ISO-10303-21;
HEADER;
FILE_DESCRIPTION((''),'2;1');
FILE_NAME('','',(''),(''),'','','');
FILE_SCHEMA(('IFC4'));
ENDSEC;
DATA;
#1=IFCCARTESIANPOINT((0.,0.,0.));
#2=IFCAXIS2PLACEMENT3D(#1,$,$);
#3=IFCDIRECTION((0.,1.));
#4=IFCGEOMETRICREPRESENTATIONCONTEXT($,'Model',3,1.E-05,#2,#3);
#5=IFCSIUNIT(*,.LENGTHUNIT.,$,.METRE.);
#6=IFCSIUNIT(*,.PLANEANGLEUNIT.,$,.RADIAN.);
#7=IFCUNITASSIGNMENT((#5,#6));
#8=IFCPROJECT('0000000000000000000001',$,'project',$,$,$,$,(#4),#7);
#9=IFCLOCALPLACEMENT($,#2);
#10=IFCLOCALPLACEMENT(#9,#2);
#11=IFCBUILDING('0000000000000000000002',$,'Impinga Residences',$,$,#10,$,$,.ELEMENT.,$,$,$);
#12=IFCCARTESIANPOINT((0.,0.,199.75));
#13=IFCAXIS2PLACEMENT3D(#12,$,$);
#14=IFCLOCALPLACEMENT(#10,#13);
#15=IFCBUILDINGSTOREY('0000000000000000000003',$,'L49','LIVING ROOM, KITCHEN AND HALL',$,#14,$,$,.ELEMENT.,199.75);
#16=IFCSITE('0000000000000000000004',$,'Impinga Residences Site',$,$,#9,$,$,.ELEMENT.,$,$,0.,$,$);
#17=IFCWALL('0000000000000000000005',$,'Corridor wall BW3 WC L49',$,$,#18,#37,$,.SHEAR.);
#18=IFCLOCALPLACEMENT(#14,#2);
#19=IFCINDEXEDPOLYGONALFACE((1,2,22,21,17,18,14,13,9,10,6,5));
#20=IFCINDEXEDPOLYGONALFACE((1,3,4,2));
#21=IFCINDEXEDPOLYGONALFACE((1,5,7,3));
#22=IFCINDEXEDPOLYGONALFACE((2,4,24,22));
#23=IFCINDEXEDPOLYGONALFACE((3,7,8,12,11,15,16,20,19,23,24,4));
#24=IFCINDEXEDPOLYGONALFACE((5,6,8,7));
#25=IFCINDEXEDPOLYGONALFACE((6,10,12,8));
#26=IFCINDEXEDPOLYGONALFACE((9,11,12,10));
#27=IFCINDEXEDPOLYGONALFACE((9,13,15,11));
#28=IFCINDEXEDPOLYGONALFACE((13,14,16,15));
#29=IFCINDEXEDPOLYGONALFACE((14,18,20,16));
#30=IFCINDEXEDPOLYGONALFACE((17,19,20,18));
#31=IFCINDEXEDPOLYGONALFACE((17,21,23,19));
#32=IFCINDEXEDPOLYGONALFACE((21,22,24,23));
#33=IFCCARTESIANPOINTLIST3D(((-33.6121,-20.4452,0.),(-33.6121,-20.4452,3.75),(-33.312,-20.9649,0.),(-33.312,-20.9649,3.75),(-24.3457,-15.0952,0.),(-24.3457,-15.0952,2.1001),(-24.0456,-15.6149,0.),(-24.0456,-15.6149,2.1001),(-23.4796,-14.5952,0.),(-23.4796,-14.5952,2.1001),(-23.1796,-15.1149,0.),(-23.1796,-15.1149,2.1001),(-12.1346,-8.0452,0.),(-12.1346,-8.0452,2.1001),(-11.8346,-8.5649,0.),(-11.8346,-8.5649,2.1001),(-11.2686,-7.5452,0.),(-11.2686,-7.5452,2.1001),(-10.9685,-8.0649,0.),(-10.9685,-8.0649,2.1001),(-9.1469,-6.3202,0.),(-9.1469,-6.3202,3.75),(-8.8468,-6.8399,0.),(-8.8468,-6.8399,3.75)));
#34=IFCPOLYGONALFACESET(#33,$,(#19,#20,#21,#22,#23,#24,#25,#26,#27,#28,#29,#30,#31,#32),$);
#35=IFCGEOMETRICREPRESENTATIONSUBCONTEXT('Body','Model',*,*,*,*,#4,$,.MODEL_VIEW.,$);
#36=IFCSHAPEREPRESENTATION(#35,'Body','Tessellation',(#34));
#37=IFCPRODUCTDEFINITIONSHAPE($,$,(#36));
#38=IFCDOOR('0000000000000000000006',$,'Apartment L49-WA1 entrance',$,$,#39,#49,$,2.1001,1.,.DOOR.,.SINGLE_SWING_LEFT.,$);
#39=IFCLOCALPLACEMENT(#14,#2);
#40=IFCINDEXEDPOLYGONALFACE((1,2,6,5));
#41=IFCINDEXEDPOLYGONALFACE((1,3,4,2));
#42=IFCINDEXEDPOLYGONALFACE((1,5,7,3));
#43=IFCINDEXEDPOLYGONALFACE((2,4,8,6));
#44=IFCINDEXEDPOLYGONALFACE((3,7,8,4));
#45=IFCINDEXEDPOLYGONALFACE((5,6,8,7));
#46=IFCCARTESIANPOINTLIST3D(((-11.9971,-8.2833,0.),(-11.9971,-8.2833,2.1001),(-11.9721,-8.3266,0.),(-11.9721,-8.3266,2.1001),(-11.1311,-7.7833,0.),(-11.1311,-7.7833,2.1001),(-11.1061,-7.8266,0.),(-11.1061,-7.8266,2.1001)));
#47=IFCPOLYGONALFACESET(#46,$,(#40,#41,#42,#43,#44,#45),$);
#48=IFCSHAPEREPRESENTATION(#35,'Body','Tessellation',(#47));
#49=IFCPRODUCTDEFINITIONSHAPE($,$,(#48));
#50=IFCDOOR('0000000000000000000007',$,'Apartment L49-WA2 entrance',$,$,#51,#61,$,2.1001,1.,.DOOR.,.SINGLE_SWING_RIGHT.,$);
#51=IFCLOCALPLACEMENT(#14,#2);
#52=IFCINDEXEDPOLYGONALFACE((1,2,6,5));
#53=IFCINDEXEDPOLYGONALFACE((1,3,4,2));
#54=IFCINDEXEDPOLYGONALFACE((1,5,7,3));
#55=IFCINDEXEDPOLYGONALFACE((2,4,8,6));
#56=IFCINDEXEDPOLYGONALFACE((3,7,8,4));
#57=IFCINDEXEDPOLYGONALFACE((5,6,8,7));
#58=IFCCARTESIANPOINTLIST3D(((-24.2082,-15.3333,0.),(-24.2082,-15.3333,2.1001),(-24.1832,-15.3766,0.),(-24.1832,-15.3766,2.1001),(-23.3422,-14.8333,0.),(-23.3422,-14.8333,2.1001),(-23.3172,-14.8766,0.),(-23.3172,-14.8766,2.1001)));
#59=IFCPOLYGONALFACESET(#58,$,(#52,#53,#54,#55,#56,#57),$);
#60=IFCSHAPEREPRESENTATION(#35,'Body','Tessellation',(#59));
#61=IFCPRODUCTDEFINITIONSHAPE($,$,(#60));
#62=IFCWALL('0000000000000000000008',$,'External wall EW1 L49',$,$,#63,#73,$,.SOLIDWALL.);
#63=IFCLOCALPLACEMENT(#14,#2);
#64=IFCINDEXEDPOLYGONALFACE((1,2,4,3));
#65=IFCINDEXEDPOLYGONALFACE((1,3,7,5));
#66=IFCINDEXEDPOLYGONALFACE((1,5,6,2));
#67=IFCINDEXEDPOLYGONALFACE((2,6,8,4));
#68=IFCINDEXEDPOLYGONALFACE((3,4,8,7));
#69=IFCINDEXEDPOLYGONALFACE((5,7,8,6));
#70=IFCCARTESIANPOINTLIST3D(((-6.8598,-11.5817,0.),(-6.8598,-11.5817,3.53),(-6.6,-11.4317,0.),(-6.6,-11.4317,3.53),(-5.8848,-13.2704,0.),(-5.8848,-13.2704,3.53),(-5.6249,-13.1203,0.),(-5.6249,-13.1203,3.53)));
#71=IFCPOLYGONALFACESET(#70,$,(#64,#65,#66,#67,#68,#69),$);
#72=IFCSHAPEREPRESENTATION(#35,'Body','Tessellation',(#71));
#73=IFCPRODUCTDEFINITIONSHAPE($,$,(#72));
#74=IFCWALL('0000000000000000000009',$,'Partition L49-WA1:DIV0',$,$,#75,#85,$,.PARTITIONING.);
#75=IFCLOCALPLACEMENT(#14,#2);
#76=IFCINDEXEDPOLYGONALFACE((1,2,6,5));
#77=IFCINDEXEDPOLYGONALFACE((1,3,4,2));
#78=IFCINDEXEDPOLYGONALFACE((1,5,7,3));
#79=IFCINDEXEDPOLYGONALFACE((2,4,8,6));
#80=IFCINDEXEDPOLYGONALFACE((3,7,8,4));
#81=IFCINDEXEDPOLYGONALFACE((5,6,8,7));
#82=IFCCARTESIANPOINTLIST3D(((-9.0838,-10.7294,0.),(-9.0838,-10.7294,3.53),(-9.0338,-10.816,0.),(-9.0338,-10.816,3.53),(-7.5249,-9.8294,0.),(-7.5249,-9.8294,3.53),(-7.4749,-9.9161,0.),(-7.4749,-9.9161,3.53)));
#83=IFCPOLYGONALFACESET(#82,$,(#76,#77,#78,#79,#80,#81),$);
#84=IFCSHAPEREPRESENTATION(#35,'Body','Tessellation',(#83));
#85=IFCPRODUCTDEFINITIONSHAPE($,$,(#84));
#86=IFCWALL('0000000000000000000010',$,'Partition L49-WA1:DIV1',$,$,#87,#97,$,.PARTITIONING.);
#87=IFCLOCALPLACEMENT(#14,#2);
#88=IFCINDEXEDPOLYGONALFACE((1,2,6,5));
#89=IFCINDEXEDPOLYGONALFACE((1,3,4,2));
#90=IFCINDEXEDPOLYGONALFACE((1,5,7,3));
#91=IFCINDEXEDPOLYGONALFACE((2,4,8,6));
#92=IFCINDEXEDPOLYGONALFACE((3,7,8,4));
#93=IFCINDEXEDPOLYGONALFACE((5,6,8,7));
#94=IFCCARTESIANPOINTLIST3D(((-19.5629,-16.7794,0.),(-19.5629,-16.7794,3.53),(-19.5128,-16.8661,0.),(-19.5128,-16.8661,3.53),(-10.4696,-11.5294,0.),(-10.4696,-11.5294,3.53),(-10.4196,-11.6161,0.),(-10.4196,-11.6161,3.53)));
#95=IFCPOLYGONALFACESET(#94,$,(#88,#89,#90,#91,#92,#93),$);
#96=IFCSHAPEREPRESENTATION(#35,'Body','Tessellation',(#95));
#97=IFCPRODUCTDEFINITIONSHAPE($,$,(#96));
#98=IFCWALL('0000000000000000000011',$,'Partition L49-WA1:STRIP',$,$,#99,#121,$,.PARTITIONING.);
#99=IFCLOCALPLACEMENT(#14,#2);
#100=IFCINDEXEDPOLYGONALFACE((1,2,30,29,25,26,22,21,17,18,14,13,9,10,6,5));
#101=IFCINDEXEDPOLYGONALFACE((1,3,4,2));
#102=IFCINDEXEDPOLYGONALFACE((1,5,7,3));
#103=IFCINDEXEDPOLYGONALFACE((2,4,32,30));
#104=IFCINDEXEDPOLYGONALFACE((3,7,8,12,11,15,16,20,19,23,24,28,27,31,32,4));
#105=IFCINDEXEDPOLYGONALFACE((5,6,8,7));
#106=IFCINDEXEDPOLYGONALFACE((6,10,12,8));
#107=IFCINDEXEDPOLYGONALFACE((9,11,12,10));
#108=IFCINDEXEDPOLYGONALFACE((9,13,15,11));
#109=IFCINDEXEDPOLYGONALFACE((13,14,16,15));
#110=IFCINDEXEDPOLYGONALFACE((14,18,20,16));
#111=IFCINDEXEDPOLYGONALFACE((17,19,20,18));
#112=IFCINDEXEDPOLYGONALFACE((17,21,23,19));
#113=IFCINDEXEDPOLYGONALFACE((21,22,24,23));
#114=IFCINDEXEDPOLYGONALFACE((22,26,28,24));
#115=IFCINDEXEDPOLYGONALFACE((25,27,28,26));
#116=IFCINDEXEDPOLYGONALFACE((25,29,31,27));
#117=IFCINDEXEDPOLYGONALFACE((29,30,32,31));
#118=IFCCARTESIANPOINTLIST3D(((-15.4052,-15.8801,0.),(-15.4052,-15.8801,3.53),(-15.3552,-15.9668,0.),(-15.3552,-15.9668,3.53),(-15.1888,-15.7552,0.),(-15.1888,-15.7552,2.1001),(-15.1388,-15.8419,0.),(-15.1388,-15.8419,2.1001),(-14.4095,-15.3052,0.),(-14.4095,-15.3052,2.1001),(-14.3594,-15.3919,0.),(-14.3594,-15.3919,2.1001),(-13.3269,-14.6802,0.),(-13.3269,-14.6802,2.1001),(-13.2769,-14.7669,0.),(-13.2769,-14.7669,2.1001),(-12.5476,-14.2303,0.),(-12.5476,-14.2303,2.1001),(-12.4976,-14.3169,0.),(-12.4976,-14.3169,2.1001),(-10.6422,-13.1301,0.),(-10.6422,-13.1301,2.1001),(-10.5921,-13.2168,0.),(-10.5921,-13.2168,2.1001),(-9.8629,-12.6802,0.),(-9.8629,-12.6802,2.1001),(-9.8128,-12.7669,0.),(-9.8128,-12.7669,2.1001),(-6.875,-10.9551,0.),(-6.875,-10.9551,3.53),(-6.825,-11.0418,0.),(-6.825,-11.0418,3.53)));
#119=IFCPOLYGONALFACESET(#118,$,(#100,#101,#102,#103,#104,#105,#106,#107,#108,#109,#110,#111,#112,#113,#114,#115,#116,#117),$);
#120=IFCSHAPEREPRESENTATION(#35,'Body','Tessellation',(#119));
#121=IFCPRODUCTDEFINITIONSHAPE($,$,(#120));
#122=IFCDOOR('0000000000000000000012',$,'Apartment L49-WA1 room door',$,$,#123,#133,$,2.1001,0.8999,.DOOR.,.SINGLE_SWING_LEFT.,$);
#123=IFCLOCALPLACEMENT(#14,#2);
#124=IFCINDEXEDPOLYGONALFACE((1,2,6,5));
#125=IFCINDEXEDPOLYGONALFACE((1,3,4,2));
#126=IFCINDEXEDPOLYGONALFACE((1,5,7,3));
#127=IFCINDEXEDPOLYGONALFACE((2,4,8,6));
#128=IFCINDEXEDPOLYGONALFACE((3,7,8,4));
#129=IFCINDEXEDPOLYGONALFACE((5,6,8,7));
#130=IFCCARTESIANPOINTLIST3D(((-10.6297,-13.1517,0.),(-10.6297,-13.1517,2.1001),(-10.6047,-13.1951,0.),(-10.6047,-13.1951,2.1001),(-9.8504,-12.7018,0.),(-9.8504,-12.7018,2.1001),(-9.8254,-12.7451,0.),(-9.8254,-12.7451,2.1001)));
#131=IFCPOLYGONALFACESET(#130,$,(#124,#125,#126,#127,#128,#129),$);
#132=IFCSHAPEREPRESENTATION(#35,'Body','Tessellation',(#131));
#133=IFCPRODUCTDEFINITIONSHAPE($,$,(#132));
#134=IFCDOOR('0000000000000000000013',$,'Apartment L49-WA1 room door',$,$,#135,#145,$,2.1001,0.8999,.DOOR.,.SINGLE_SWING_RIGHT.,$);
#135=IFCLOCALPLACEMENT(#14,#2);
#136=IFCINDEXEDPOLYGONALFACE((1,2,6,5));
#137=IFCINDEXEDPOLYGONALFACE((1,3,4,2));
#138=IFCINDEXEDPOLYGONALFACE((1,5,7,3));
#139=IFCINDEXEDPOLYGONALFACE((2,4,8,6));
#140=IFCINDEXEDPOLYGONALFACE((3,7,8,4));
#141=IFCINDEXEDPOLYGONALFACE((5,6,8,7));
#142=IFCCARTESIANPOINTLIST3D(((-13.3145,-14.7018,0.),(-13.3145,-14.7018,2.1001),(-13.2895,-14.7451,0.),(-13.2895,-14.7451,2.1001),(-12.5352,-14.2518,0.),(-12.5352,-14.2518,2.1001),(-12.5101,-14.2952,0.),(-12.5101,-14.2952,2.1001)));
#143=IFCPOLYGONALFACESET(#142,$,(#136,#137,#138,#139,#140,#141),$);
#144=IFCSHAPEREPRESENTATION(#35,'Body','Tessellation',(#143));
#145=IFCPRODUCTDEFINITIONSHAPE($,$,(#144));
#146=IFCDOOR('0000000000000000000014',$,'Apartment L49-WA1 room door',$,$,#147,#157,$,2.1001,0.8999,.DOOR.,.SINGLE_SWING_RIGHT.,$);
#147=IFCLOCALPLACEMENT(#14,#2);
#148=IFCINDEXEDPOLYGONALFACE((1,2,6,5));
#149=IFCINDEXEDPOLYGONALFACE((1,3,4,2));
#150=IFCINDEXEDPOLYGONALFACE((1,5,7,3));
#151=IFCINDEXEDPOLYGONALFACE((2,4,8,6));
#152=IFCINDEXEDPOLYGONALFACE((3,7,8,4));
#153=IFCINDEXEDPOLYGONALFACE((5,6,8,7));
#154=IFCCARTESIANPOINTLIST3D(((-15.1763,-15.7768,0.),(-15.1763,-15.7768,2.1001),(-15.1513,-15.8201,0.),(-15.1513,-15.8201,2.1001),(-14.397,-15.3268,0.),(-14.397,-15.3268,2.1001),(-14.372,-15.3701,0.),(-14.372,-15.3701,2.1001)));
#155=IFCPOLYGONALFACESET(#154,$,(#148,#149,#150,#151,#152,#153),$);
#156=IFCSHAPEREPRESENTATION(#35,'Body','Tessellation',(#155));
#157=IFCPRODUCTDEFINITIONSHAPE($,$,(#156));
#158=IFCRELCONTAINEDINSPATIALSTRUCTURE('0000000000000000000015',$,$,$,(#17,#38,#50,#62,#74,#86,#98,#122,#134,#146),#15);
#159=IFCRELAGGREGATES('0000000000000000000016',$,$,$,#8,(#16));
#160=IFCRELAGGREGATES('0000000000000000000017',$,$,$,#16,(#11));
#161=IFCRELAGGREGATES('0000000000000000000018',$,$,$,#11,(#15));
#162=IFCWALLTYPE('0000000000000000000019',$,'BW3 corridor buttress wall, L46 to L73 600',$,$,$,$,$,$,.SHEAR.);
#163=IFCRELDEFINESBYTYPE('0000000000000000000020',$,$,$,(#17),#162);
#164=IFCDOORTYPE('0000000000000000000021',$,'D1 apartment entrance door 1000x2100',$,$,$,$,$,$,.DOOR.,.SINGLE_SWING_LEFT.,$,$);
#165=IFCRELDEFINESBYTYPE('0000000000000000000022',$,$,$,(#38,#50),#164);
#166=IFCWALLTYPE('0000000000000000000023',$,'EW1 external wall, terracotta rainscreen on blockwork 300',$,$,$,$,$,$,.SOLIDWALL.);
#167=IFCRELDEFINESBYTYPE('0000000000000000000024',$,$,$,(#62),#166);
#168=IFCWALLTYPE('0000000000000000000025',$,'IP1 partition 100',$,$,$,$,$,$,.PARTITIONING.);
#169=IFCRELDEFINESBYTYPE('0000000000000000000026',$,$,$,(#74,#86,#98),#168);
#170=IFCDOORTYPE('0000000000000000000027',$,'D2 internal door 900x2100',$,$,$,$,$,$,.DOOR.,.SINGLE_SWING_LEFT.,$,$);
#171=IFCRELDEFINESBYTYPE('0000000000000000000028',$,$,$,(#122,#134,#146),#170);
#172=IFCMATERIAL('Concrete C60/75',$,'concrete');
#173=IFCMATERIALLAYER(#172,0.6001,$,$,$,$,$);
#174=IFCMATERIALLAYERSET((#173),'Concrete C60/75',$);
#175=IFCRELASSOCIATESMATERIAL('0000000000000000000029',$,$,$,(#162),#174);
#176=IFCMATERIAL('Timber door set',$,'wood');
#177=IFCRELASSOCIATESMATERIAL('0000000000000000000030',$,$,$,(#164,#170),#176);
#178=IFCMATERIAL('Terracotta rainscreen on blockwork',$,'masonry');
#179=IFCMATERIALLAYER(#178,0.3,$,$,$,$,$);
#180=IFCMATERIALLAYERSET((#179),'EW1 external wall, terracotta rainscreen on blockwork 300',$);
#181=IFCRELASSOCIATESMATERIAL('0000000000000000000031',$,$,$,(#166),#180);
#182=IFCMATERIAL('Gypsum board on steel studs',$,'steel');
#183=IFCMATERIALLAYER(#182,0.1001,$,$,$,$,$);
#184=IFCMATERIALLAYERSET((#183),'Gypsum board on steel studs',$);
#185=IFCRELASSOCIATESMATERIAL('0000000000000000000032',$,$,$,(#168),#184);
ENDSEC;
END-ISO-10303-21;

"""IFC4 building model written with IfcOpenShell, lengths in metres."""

from ifc_helpers import new_model, si_unit, direction, frame, frame_2d, origin, place, context, subcontext, project, spatial, rectangle, extrude, material, layer, layer_set, type_object, element, fill, save


model = new_model("IFC4")

# Units and contexts
model_context = context("Model", 3, precision=1e-05, world=origin(), true_north=direction((0.0, 1.0)))
body_context = subcontext(model_context, "Body", "Model", "MODEL_VIEW")
ifc_project = project(units=[si_unit("LENGTHUNIT", "METRE"), si_unit("PLANEANGLEUNIT", "RADIAN")], contexts=[model_context])

# Site, building, storey
site_placement = place(None, origin())
site = spatial("IfcSite", under=ifc_project, at=site_placement, Name="Impinga Residences Site", CompositionType="ELEMENT", RefElevation=0.0)
building_placement = place(site_placement, origin())
building = spatial("IfcBuilding", under=site, at=building_placement, Name="Impinga Residences", CompositionType="ELEMENT")
storey_placement = place(building_placement, frame((0.0, 0.0, 199.75)))
storey = spatial("IfcBuildingStorey", under=building, at=storey_placement, Name="L49", Description="LIVING ROOM, KITCHEN AND HALL", CompositionType="ELEMENT", Elevation=199.75)

# Wall, openings, doors
ifc_material_1 = material(Name="Concrete C60/75", Category="concrete")
ifc_layer_1 = layer(ifc_material_1, 0.6001)
ifc_layer_set_1 = layer_set([ifc_layer_1], Name="Concrete C60/75")
wall_type_1 = type_object("IfcWallType", Name="BW3 corridor buttress wall, L46 to L73 600", PredefinedType="SHEAR", material=ifc_layer_set_1)
wall_1_placement = place(storey_placement, frame((-8.9968, -6.5801, 0.0), z_axis=(0.0, 0.0, 1.0), x_axis=(-0.866026, -0.499998, 0.0)))
wall_1 = element("IfcWall", 1, at=wall_1_placement, inside=storey, type_object=wall_type_1, Name="Corridor wall BW3 WC L49", PredefinedType="SHEAR", context=body_context, shape_type="SweptSolid", body=[
    extrude(rectangle(XDim=28.25, YDim=0.6001, at=frame_2d((14.125, 0.0))), origin(), (0.0, 0.0, 1.0), 3.75),
])
opening_1_placement = place(wall_1_placement, frame((2.45, 0.0, 0.0)))
opening_1 = element("IfcOpeningElement", 2, at=opening_1_placement, cuts=wall_1, PredefinedType="OPENING", context=body_context, shape_type="SweptSolid", body=[
    extrude(rectangle(XDim=1.0, YDim=2.1001, at=frame_2d((0.5, 1.05))), frame((0.0, 0.3101, 0.0), z_axis=(0.0, -1.0, 0.0), x_axis=(1.0, 0.0, 0.0)), (0.0, 0.0, 1.0), 0.6201),
])
opening_2_placement = place(wall_1_placement, frame((16.55, 0.0, 0.0)))
opening_2 = element("IfcOpeningElement", 3, at=opening_2_placement, cuts=wall_1, PredefinedType="OPENING", context=body_context, shape_type="SweptSolid", body=[
    extrude(rectangle(XDim=1.0, YDim=2.1001, at=frame_2d((0.5, 1.05))), frame((0.0, 0.3101, 0.0), z_axis=(0.0, -1.0, 0.0), x_axis=(1.0, 0.0, 0.0)), (0.0, 0.0, 1.0), 0.6201),
])
ifc_material_2 = material(Name="Timber door set", Category="wood")
door_type_1 = type_object("IfcDoorType", Name="D1 apartment entrance door 1000x2100", OperationType="SINGLE_SWING_LEFT", PredefinedType="DOOR", material=ifc_material_2)
door_1_placement = place(opening_1_placement, origin())
door_1 = element("IfcDoor", 4, at=door_1_placement, inside=storey, type_object=door_type_1, Name="Apartment L49-WA1 entrance", OperationType="SINGLE_SWING_LEFT", OverallHeight=2.1001, OverallWidth=1.0, PredefinedType="DOOR", context=body_context, shape_type="SweptSolid", body=[
    extrude(rectangle(XDim=1.0, YDim=2.1001, at=frame_2d((0.5, 1.05))), frame((0.0, 0.0249, 0.0), z_axis=(0.0, -1.0, 0.0), x_axis=(1.0, 0.0, 0.0)), (0.0, 0.0, 1.0), 0.05),
])
fill(opening_1, door_1)
door_2_placement = place(opening_2_placement, origin())
door_2 = element("IfcDoor", 5, at=door_2_placement, inside=storey, type_object=door_type_1, Name="Apartment L49-WA2 entrance", OperationType="SINGLE_SWING_RIGHT", OverallHeight=2.1001, OverallWidth=1.0, PredefinedType="DOOR", context=body_context, shape_type="SweptSolid", body=[
    extrude(rectangle(XDim=1.0, YDim=2.1001, at=frame_2d((0.5, 1.05))), frame((0.0, 0.0249, 0.0), z_axis=(0.0, -1.0, 0.0), x_axis=(1.0, 0.0, 0.0)), (0.0, 0.0, 1.0), 0.05),
])
fill(opening_2, door_2)

# Walls
ifc_material_3 = material(Name="Terracotta rainscreen on blockwork", Category="masonry")
ifc_layer_2 = layer(ifc_material_3, 0.3)
ifc_layer_set_2 = layer_set([ifc_layer_2], Name="EW1 external wall, terracotta rainscreen on blockwork 300")
wall_type_2 = type_object("IfcWallType", Name="EW1 external wall, terracotta rainscreen on blockwork 300", PredefinedType="SOLIDWALL", material=ifc_layer_set_2)
wall_2_placement = place(storey_placement, frame((-6.73, -11.5066, 0.0), z_axis=(0.0, 0.0, 1.0), x_axis=(0.500044, -0.866, 0.0)))
element("IfcWall", 6, at=wall_2_placement, inside=storey, type_object=wall_type_2, Name="External wall EW1 L49", PredefinedType="SOLIDWALL", context=body_context, shape_type="SweptSolid", body=[
    extrude(rectangle(XDim=1.95, YDim=0.3, at=frame_2d((0.9751, 0.0))), origin(), (0.0, 0.0, 1.0), 3.53),
])
ifc_material_4 = material(Name="Gypsum board on steel studs", Category="steel")
ifc_layer_3 = layer(ifc_material_4, 0.1001)
ifc_layer_set_3 = layer_set([ifc_layer_3], Name="Gypsum board on steel studs")
wall_type_3 = type_object("IfcWallType", Name="IP1 partition 100", PredefinedType="PARTITIONING", material=ifc_layer_set_3)
wall_3_placement = place(storey_placement, frame((-7.5, -9.8728, 0.0), z_axis=(0.0, 0.0, 1.0), x_axis=(-0.866048, -0.499961, 0.0)))
element("IfcWall", 7, at=wall_3_placement, inside=storey, type_object=wall_type_3, Name="Partition L49-WA1:DIV0", PredefinedType="PARTITIONING", context=body_context, shape_type="SweptSolid", body=[
    extrude(rectangle(XDim=1.8, YDim=0.1001, at=frame_2d((0.8999, 0.0))), origin(), (0.0, 0.0, 1.0), 3.53),
])
wall_4_placement = place(storey_placement, frame((-10.4446, -11.5728, 0.0), z_axis=(0.0, 0.0, 1.0), x_axis=(-0.866025, -0.5, 0.0)))
element("IfcWall", 8, at=wall_4_placement, inside=storey, type_object=wall_type_3, Name="Partition L49-WA1:DIV1", PredefinedType="PARTITIONING", context=body_context, shape_type="SweptSolid", body=[
    extrude(rectangle(XDim=10.5, YDim=0.1001, at=frame_2d((5.25, 0.0))), origin(), (0.0, 0.0, 1.0), 3.53),
])

# Wall, openings, doors
wall_5_placement = place(storey_placement, frame((-6.8501, -10.9985, 0.0), z_axis=(0.0, 0.0, 1.0), x_axis=(-0.866021, -0.500007, 0.0)))
wall_5 = element("IfcWall", 9, at=wall_5_placement, inside=storey, type_object=wall_type_3, Name="Partition L49-WA1:STRIP", PredefinedType="PARTITIONING", context=body_context, shape_type="SweptSolid", body=[
    extrude(rectangle(XDim=9.8499, YDim=0.1001, at=frame_2d((4.9248, 0.0))), origin(), (0.0, 0.0, 1.0), 3.53),
])
opening_3_placement = place(wall_5_placement, frame((3.45, 0.0, 0.0)))
opening_3 = element("IfcOpeningElement", 10, at=opening_3_placement, cuts=wall_5, PredefinedType="OPENING", context=body_context, shape_type="SweptSolid", body=[
    extrude(rectangle(XDim=0.8999, YDim=2.1001, at=frame_2d((0.45, 1.05))), frame((0.0, 0.0601, 0.0), z_axis=(0.0, -1.0, 0.0), x_axis=(1.0, 0.0, 0.0)), (0.0, 0.0, 1.0), 0.1201),
])
opening_4_placement = place(wall_5_placement, frame((6.55, 0.0, 0.0)))
opening_4 = element("IfcOpeningElement", 11, at=opening_4_placement, cuts=wall_5, PredefinedType="OPENING", context=body_context, shape_type="SweptSolid", body=[
    extrude(rectangle(XDim=0.8999, YDim=2.1001, at=frame_2d((0.45, 1.05))), frame((0.0, 0.0601, 0.0), z_axis=(0.0, -1.0, 0.0), x_axis=(1.0, 0.0, 0.0)), (0.0, 0.0, 1.0), 0.1201),
])
opening_5_placement = place(wall_5_placement, frame((8.7, 0.0, 0.0)))
opening_5 = element("IfcOpeningElement", 12, at=opening_5_placement, cuts=wall_5, PredefinedType="OPENING", context=body_context, shape_type="SweptSolid", body=[
    extrude(rectangle(XDim=0.8999, YDim=2.1001, at=frame_2d((0.45, 1.05))), frame((0.0, 0.0601, 0.0), z_axis=(0.0, -1.0, 0.0), x_axis=(1.0, 0.0, 0.0)), (0.0, 0.0, 1.0), 0.1201),
])
door_type_2 = type_object("IfcDoorType", Name="D2 internal door 900x2100", OperationType="SINGLE_SWING_LEFT", PredefinedType="DOOR", material=ifc_material_2)
door_3_placement = place(opening_3_placement, origin())
door_3 = element("IfcDoor", 13, at=door_3_placement, inside=storey, type_object=door_type_2, Name="Apartment L49-WA1 room door", OperationType="SINGLE_SWING_LEFT", OverallHeight=2.1001, OverallWidth=0.8999, PredefinedType="DOOR", context=body_context, shape_type="SweptSolid", body=[
    extrude(rectangle(XDim=0.8999, YDim=2.1001, at=frame_2d((0.45, 1.05))), frame((0.0, 0.0249, 0.0), z_axis=(0.0, -1.0, 0.0), x_axis=(1.0, 0.0, 0.0)), (0.0, 0.0, 1.0), 0.05),
])
fill(opening_3, door_3)
door_4_placement = place(opening_4_placement, origin())
door_4 = element("IfcDoor", 14, at=door_4_placement, inside=storey, type_object=door_type_2, Name="Apartment L49-WA1 room door", OperationType="SINGLE_SWING_RIGHT", OverallHeight=2.1001, OverallWidth=0.8999, PredefinedType="DOOR", context=body_context, shape_type="SweptSolid", body=[
    extrude(rectangle(XDim=0.8999, YDim=2.1001, at=frame_2d((0.45, 1.05))), frame((0.0, 0.0249, 0.0), z_axis=(0.0, -1.0, 0.0), x_axis=(1.0, 0.0, 0.0)), (0.0, 0.0, 1.0), 0.05),
])
fill(opening_4, door_4)
door_5_placement = place(opening_5_placement, origin())
door_5 = element("IfcDoor", 15, at=door_5_placement, inside=storey, type_object=door_type_2, Name="Apartment L49-WA1 room door", OperationType="SINGLE_SWING_RIGHT", OverallHeight=2.1001, OverallWidth=0.8999, PredefinedType="DOOR", context=body_context, shape_type="SweptSolid", body=[
    extrude(rectangle(XDim=0.8999, YDim=2.1001, at=frame_2d((0.45, 1.05))), frame((0.0, 0.0249, 0.0), z_axis=(0.0, -1.0, 0.0), x_axis=(1.0, 0.0, 0.0)), (0.0, 0.0, 1.0), 0.05),
])
fill(opening_5, door_5)

save(model, "model.ifc")
